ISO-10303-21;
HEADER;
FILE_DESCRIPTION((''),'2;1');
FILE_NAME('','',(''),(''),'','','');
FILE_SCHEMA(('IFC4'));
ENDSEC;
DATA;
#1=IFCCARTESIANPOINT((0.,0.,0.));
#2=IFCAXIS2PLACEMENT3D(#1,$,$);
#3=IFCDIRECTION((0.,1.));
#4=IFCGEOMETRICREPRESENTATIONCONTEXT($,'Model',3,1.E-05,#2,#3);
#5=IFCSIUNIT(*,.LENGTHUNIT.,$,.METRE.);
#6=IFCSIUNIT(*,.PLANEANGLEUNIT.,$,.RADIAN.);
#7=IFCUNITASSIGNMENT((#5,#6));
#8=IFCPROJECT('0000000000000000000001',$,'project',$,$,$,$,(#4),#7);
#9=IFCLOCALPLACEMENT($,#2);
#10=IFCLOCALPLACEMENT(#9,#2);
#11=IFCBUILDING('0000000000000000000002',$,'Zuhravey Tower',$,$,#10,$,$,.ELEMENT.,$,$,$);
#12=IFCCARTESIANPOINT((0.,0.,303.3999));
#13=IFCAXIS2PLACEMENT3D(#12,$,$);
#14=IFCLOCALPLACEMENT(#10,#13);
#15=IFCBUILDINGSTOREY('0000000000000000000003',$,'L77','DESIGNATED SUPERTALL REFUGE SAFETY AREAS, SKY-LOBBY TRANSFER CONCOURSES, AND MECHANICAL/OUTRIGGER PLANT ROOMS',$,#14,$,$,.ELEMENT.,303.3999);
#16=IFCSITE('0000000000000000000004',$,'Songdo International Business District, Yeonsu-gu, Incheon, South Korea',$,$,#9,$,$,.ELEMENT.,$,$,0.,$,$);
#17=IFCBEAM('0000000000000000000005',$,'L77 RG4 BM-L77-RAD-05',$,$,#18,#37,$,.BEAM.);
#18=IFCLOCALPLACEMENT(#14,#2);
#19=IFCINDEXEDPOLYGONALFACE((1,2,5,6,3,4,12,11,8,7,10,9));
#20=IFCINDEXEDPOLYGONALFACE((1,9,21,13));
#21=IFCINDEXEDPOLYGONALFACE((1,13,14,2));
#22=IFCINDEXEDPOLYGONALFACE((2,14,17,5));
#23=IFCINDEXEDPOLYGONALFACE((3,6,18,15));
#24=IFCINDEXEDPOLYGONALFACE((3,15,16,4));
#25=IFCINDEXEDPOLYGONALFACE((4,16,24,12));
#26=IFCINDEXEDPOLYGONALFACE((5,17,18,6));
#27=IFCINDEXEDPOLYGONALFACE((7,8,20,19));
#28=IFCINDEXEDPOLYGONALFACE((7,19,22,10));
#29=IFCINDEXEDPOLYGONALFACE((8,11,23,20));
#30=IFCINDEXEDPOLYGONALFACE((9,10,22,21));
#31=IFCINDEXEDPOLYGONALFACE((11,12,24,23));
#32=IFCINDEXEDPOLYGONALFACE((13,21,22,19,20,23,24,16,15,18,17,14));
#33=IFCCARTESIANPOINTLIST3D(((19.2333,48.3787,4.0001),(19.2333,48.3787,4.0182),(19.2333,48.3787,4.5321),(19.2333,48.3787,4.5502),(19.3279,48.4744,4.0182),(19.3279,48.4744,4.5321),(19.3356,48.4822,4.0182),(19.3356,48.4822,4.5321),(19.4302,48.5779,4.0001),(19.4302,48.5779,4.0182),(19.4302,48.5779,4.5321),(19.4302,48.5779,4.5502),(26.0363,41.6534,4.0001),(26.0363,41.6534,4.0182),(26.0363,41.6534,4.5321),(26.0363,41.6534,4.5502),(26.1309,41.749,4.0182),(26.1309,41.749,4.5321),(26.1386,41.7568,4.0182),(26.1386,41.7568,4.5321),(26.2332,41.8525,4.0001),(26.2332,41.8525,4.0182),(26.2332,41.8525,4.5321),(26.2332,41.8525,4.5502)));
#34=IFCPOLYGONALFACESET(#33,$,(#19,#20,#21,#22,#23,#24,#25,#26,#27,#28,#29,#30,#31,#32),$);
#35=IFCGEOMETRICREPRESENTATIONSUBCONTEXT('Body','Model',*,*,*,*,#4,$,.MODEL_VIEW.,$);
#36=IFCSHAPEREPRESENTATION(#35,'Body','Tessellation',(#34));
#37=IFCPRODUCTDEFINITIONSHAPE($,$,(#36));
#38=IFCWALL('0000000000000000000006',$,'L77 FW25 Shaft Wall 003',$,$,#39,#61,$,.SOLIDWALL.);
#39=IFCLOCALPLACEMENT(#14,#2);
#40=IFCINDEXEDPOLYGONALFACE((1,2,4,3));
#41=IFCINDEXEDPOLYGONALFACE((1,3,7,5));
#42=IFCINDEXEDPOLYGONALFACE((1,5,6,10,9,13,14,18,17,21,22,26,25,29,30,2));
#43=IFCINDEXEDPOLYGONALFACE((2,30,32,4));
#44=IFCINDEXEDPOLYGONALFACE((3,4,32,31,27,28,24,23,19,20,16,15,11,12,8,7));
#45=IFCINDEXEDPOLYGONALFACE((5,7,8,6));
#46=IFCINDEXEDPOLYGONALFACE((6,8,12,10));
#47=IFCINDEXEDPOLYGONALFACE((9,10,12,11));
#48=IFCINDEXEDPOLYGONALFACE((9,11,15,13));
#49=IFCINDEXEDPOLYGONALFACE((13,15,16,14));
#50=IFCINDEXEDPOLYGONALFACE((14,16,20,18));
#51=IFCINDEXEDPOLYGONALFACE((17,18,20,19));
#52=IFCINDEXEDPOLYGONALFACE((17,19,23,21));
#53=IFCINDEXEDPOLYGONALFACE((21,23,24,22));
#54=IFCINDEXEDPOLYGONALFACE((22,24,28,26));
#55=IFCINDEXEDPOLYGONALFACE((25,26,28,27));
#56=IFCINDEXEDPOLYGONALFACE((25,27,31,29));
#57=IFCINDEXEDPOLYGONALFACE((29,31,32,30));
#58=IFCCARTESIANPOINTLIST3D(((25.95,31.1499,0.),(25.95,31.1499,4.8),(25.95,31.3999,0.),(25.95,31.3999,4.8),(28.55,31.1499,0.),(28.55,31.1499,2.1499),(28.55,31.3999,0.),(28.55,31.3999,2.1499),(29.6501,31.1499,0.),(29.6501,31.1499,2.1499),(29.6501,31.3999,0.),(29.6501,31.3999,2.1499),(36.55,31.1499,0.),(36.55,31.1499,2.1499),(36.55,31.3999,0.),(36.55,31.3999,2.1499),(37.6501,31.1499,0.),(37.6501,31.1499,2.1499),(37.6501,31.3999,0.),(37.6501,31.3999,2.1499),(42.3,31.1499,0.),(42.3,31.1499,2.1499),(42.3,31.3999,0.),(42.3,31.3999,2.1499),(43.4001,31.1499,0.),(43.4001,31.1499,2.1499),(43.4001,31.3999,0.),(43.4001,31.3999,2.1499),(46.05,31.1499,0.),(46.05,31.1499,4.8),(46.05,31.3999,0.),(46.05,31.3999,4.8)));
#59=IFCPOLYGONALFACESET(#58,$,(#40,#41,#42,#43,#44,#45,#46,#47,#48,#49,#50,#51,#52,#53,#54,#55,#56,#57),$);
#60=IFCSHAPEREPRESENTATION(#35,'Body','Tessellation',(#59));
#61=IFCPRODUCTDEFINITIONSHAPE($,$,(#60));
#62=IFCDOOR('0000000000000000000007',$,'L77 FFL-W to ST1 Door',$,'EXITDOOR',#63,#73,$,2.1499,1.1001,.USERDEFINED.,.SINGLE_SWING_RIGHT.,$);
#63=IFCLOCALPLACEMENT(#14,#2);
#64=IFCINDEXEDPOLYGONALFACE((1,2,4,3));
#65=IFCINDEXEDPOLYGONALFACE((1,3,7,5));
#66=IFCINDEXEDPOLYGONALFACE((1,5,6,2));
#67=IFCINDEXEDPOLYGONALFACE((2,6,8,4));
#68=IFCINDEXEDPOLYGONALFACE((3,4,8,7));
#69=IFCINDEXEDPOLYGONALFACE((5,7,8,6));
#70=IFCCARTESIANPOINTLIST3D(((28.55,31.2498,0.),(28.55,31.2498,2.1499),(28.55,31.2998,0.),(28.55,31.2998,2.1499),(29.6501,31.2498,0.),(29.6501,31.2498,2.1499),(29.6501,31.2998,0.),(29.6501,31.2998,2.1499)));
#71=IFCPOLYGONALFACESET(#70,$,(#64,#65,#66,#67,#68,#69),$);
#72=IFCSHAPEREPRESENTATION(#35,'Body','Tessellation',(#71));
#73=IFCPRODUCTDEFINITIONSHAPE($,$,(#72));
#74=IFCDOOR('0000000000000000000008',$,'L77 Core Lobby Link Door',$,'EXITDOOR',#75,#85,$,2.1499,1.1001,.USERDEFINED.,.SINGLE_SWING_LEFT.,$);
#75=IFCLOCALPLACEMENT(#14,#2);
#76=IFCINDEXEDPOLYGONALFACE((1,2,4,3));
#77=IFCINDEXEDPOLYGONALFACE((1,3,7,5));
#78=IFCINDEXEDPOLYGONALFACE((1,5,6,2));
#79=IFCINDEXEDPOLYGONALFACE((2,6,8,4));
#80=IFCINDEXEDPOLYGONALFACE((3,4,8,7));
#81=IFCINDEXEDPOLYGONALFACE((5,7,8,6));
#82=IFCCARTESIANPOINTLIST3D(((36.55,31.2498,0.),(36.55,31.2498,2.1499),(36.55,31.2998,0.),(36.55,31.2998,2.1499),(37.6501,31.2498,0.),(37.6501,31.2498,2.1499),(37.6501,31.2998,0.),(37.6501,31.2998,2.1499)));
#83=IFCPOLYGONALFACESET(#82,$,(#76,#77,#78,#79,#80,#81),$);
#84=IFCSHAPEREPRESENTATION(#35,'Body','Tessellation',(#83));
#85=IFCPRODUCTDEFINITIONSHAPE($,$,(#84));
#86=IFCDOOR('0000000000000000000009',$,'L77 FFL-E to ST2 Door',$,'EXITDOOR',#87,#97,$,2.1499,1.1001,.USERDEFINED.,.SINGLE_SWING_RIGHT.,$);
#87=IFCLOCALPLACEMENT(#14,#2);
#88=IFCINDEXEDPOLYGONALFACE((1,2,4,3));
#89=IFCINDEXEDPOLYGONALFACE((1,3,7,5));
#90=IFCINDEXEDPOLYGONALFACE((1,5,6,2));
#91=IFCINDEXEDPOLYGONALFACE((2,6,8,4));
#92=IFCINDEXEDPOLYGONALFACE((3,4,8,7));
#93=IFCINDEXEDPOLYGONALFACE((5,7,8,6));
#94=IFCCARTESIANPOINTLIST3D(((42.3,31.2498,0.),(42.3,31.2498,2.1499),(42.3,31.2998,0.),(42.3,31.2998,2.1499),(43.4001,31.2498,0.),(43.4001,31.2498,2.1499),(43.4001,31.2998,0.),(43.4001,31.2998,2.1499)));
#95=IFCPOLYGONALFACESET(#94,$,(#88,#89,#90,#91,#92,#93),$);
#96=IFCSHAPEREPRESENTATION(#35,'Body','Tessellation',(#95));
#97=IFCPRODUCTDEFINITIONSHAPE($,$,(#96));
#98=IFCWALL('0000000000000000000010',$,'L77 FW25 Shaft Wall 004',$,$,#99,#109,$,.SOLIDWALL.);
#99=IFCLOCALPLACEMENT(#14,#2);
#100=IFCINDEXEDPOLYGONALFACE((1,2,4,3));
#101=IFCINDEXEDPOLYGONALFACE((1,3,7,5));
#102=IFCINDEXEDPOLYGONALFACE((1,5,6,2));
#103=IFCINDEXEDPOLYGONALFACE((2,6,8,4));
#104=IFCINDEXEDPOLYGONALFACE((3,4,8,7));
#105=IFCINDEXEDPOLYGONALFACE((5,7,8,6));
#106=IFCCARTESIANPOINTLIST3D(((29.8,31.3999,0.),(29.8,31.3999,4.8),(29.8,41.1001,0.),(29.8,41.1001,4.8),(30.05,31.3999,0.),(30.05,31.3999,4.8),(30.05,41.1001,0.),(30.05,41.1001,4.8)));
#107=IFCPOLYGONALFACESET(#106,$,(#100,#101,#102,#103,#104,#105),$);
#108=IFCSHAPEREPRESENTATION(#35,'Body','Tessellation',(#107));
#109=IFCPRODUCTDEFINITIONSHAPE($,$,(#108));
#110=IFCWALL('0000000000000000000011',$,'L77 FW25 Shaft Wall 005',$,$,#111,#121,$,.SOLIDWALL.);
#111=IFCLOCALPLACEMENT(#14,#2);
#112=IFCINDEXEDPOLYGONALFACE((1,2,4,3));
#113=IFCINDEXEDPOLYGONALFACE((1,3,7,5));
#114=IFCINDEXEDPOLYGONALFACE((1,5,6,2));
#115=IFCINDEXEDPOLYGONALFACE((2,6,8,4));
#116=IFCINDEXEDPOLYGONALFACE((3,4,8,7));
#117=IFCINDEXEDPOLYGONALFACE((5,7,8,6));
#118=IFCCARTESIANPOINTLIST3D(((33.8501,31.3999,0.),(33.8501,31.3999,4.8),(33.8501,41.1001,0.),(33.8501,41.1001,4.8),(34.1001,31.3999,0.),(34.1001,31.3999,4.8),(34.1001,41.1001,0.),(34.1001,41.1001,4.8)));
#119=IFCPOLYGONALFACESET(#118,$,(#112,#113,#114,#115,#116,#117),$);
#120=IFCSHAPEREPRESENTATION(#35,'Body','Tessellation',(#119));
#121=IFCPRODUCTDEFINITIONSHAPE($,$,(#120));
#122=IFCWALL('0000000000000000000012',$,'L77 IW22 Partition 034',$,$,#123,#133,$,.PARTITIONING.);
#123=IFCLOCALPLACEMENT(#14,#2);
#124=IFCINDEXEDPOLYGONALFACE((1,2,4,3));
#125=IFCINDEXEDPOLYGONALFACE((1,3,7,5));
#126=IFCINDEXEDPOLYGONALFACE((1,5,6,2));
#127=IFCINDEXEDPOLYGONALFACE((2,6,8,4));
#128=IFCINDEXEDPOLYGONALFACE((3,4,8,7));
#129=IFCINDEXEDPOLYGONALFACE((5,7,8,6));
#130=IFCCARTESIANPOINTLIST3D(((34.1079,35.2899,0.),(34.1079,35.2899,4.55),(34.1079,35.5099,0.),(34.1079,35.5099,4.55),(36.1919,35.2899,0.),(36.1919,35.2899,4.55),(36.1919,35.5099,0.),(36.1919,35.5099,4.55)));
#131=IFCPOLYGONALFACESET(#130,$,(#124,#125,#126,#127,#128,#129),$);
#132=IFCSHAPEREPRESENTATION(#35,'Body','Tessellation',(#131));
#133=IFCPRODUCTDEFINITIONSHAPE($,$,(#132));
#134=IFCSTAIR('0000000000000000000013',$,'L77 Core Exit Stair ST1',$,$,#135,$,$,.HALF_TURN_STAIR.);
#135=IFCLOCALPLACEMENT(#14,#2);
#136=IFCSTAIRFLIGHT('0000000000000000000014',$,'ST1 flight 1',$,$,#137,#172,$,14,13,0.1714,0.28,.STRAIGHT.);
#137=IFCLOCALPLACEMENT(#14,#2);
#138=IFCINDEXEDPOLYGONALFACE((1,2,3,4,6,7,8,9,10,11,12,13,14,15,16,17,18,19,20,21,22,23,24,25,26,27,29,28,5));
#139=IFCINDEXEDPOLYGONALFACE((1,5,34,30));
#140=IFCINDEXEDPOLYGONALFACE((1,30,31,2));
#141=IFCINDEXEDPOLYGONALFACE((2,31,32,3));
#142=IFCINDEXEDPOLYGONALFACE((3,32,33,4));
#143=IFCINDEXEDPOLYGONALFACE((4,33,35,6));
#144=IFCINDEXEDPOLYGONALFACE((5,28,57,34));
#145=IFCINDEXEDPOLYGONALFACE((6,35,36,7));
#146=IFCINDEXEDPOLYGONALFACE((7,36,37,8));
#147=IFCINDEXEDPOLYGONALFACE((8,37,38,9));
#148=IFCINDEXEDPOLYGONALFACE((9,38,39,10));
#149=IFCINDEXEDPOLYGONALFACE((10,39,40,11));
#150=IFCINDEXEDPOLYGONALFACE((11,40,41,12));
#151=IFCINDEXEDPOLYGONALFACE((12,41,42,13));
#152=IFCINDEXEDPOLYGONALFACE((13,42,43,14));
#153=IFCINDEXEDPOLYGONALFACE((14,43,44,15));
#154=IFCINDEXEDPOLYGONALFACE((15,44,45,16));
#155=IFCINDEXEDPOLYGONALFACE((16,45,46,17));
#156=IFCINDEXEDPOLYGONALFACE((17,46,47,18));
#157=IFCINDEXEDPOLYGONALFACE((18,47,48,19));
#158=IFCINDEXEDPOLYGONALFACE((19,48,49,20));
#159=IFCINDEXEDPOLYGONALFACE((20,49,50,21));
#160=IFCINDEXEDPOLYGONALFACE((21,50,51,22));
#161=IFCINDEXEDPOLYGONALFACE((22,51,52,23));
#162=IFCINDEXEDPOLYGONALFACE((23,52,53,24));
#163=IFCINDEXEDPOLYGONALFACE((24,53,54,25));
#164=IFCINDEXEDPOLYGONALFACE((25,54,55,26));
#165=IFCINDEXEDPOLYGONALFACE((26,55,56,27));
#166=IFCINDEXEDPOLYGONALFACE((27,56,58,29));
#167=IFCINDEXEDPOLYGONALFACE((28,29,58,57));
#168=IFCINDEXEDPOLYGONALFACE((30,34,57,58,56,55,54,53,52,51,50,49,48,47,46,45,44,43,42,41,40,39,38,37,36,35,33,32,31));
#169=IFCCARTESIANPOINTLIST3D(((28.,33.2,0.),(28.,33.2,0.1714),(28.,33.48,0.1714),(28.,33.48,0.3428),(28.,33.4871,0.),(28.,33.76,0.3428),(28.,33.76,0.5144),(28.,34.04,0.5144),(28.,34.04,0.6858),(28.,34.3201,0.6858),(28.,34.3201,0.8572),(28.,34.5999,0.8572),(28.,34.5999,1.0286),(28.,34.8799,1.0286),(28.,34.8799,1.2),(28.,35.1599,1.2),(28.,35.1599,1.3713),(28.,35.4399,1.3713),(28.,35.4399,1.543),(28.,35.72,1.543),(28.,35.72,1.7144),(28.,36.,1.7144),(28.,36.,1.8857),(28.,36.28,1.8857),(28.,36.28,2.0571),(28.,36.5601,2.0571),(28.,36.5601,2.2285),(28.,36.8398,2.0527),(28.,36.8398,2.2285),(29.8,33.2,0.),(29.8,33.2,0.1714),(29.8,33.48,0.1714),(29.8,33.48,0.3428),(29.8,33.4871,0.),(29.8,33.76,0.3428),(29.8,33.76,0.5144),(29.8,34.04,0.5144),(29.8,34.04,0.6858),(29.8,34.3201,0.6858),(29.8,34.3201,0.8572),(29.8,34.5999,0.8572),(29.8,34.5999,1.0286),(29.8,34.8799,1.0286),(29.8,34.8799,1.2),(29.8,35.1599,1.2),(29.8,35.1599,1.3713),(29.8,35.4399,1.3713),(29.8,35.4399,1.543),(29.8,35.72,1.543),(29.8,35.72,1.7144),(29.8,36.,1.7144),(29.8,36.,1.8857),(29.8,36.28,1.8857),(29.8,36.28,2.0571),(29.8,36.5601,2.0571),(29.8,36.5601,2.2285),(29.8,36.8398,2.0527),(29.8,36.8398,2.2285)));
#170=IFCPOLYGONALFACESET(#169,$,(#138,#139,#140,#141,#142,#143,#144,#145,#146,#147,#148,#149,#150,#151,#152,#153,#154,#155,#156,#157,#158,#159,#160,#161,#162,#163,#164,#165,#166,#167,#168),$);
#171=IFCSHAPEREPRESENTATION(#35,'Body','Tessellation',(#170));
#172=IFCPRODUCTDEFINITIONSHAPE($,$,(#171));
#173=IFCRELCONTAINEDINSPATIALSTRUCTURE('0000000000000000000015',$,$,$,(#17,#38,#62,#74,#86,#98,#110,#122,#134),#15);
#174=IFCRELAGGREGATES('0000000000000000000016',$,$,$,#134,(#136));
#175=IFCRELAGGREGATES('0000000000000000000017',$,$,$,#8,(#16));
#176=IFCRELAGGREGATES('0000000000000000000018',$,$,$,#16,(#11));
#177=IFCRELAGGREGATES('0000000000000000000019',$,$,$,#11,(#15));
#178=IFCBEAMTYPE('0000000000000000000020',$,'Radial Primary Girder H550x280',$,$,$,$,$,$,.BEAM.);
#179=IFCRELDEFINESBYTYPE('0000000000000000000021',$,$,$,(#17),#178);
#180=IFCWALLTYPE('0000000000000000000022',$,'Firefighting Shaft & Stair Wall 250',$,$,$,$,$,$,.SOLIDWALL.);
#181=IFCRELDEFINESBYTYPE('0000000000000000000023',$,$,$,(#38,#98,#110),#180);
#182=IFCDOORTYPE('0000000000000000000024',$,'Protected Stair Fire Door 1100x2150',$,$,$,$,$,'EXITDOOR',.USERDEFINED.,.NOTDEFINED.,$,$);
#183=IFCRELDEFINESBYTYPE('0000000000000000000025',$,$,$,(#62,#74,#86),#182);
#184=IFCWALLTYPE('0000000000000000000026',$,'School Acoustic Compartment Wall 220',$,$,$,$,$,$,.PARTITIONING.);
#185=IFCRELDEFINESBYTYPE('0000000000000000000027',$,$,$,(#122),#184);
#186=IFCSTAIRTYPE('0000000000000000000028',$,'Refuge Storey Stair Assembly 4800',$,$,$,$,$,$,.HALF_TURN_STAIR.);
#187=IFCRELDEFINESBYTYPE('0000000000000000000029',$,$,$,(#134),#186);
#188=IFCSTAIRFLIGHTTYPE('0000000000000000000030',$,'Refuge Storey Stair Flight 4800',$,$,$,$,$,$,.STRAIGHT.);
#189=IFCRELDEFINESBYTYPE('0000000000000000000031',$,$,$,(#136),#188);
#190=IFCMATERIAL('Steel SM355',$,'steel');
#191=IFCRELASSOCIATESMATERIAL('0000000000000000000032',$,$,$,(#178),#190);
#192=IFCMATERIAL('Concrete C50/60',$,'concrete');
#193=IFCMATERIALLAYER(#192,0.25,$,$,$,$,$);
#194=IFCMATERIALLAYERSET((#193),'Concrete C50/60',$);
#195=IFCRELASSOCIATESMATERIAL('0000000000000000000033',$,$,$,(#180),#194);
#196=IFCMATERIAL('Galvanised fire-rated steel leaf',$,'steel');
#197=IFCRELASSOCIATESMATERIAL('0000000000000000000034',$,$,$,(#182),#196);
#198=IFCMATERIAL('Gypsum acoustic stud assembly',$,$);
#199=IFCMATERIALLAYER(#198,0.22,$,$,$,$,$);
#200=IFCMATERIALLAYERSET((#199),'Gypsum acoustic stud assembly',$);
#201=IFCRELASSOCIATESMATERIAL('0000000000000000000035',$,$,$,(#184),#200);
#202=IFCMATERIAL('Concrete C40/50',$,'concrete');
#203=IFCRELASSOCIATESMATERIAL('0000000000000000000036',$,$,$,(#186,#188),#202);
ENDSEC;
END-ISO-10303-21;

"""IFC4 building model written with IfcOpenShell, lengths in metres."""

from ifc_helpers import new_model, si_unit, direction, frame, frame_2d, origin, origin_2d, place, context, subcontext, project, spatial, polyline, rectangle, i_section, outline, extrude, material, layer, layer_set, material_profile, profile_set, type_object, element, fill, aggregate, save


model = new_model("IFC4")

# Units and contexts
model_context = context("Model", 3, precision=1e-05, world=origin(), true_north=direction((0.0, 1.0)))
body_context = subcontext(model_context, "Body", "Model", "MODEL_VIEW")
ifc_project = project(units=[si_unit("LENGTHUNIT", "METRE"), si_unit("PLANEANGLEUNIT", "RADIAN")], contexts=[model_context])

# Site, building, storey
site_placement = place(None, origin())
site = spatial("IfcSite", under=ifc_project, at=site_placement, Name="Songdo International Business District, Yeonsu-gu, Incheon, South Korea", CompositionType="ELEMENT", RefElevation=0.0)
building_placement = place(site_placement, origin())
building = spatial("IfcBuilding", under=site, at=building_placement, Name="Zuhravey Tower", CompositionType="ELEMENT")
storey_placement = place(building_placement, frame((0.0, 0.0, 303.3999)))
storey = spatial("IfcBuildingStorey", under=building, at=storey_placement, Name="L77", Description="DESIGNATED SUPERTALL REFUGE SAFETY AREAS, SKY-LOBBY TRANSFER CONCOURSES, AND MECHANICAL/OUTRIGGER PLANT ROOMS", CompositionType="ELEMENT", Elevation=303.3999)

# Beam
ifc_material_1 = material(Name="Steel SM355", Category="steel")
ifc_material_profile = material_profile(ifc_material_1, i_section(OverallWidth=0.28, OverallDepth=0.55, WebThickness=0.011, FlangeThickness=0.0181, at=origin_2d()), Name="H-550x280x11x18")
ifc_profile_set = profile_set([ifc_material_profile], Name="Steel SM355")
beam_type = type_object("IfcBeamType", Name="Radial Primary Girder H550x280", PredefinedType="BEAM", material=ifc_profile_set)
beam_placement = place(storey_placement, frame((26.1348, 41.7529, 4.2751), z_axis=(-0.711153, 0.703037, 0.0), x_axis=(-0.703037, -0.711153, 0.0)))
element("IfcBeam", 1, at=beam_placement, inside=storey, type_object=beam_type, Name="L77 RG4 BM-L77-RAD-05", PredefinedType="BEAM", context=body_context, shape_type="SweptSolid", body=[
    extrude(i_section(OverallWidth=0.28, OverallDepth=0.55, WebThickness=0.011, FlangeThickness=0.0181, at=origin_2d()), origin(), (0.0, 0.0, 1.0), 9.5662),
])

# Wall, openings, doors
ifc_material_2 = material(Name="Concrete C50/60", Category="concrete")
ifc_layer_1 = layer(ifc_material_2, 0.25)
ifc_layer_set_1 = layer_set([ifc_layer_1], Name="Concrete C50/60")
wall_type_1 = type_object("IfcWallType", Name="Firefighting Shaft & Stair Wall 250", PredefinedType="SOLIDWALL", material=ifc_layer_set_1)
wall_1_placement = place(storey_placement, frame((25.95, 31.2749, 0.0), z_axis=(0.0, 0.0, 1.0), x_axis=(1.0, 0.0, 0.0)))
wall_1 = element("IfcWall", 2, at=wall_1_placement, inside=storey, type_object=wall_type_1, Name="L77 FW25 Shaft Wall 003", PredefinedType="SOLIDWALL", context=body_context, shape_type="SweptSolid", body=[
    extrude(rectangle(XDim=20.1001, YDim=0.25, at=frame_2d((10.05, 0.0))), origin(), (0.0, 0.0, 1.0), 4.8),
])
opening_1_placement = place(wall_1_placement, frame((2.6001, 0.0, 0.0)))
opening_1 = element("IfcOpeningElement", 3, at=opening_1_placement, cuts=wall_1, PredefinedType="OPENING", context=body_context, shape_type="SweptSolid", body=[
    extrude(rectangle(XDim=1.1001, YDim=2.1499, at=frame_2d((0.55, 1.075))), frame((0.0, 0.137, 0.0), z_axis=(0.0, -1.0, 0.0), x_axis=(1.0, 0.0, 0.0)), (0.0, 0.0, 1.0), 0.2739),
])
opening_2_placement = place(wall_1_placement, frame((10.6001, 0.0, 0.0)))
opening_2 = element("IfcOpeningElement", 4, at=opening_2_placement, cuts=wall_1, PredefinedType="OPENING", context=body_context, shape_type="SweptSolid", body=[
    extrude(rectangle(XDim=1.1001, YDim=2.1499, at=frame_2d((0.55, 1.075))), frame((0.0, 0.137, 0.0), z_axis=(0.0, -1.0, 0.0), x_axis=(1.0, 0.0, 0.0)), (0.0, 0.0, 1.0), 0.2739),
])
opening_3_placement = place(wall_1_placement, frame((16.3501, 0.0, 0.0)))
opening_3 = element("IfcOpeningElement", 5, at=opening_3_placement, cuts=wall_1, PredefinedType="OPENING", context=body_context, shape_type="SweptSolid", body=[
    extrude(rectangle(XDim=1.1001, YDim=2.1499, at=frame_2d((0.55, 1.075))), frame((0.0, 0.137, 0.0), z_axis=(0.0, -1.0, 0.0), x_axis=(1.0, 0.0, 0.0)), (0.0, 0.0, 1.0), 0.2739),
])
ifc_material_3 = material(Name="Galvanised fire-rated steel leaf", Category="steel")
door_type = type_object("IfcDoorType", Name="Protected Stair Fire Door 1100x2150", ElementType="EXITDOOR", OperationType="NOTDEFINED", PredefinedType="USERDEFINED", material=ifc_material_3)
door_1_placement = place(opening_1_placement, origin())
door_1 = element("IfcDoor", 6, at=door_1_placement, inside=storey, type_object=door_type, Name="L77 FFL-W to ST1 Door", ObjectType="EXITDOOR", OperationType="SINGLE_SWING_RIGHT", OverallHeight=2.1499, OverallWidth=1.1001, PredefinedType="USERDEFINED", context=body_context, shape_type="SweptSolid", body=[
    extrude(rectangle(XDim=1.1001, YDim=2.1499, at=frame_2d((0.55, 1.075))), frame((0.0, 0.0249, 0.0), z_axis=(0.0, -1.0, 0.0), x_axis=(1.0, 0.0, 0.0)), (0.0, 0.0, 1.0), 0.05),
])
fill(opening_1, door_1)
door_2_placement = place(opening_2_placement, origin())
door_2 = element("IfcDoor", 7, at=door_2_placement, inside=storey, type_object=door_type, Name="L77 Core Lobby Link Door", ObjectType="EXITDOOR", OperationType="SINGLE_SWING_LEFT", OverallHeight=2.1499, OverallWidth=1.1001, PredefinedType="USERDEFINED", context=body_context, shape_type="SweptSolid", body=[
    extrude(rectangle(XDim=1.1001, YDim=2.1499, at=frame_2d((0.55, 1.075))), frame((0.0, 0.0249, 0.0), z_axis=(0.0, -1.0, 0.0), x_axis=(1.0, 0.0, 0.0)), (0.0, 0.0, 1.0), 0.05),
])
fill(opening_2, door_2)
door_3_placement = place(opening_3_placement, origin())
door_3 = element("IfcDoor", 8, at=door_3_placement, inside=storey, type_object=door_type, Name="L77 FFL-E to ST2 Door", ObjectType="EXITDOOR", OperationType="SINGLE_SWING_RIGHT", OverallHeight=2.1499, OverallWidth=1.1001, PredefinedType="USERDEFINED", context=body_context, shape_type="SweptSolid", body=[
    extrude(rectangle(XDim=1.1001, YDim=2.1499, at=frame_2d((0.55, 1.075))), frame((0.0, 0.0249, 0.0), z_axis=(0.0, -1.0, 0.0), x_axis=(1.0, 0.0, 0.0)), (0.0, 0.0, 1.0), 0.05),
])
fill(opening_3, door_3)

# Walls
for number, where, z_axis, x_axis, name in (
    (9, (29.925, 31.3999, 0.0), (0.0, 0.0, 1.0), (0.0, 1.0, 0.0), "L77 FW25 Shaft Wall 004"),
    (10, (33.9751, 31.3999, 0.0), (0.0, 0.0, 1.0), (0.0, 1.0, 0.0), "L77 FW25 Shaft Wall 005"),
):
    element("IfcWall", number, at=place(storey_placement, frame(where, z_axis=z_axis, x_axis=x_axis)), inside=storey, type_object=wall_type_1, Name=name, PredefinedType="SOLIDWALL", context=body_context, shape_type="SweptSolid", body=[
        extrude(rectangle(XDim=9.7002, YDim=0.25, at=frame_2d((4.8501, 0.0))), origin(), (0.0, 0.0, 1.0), 4.8),
    ])
ifc_material_4 = material(Name="Gypsum acoustic stud assembly")
ifc_layer_2 = layer(ifc_material_4, 0.22)
ifc_layer_set_2 = layer_set([ifc_layer_2], Name="Gypsum acoustic stud assembly")
wall_type_2 = type_object("IfcWallType", Name="School Acoustic Compartment Wall 220", PredefinedType="PARTITIONING", material=ifc_layer_set_2)
wall_2_placement = place(storey_placement, frame((34.1079, 35.3999, 0.0), z_axis=(0.0, 0.0, 1.0), x_axis=(1.0, 0.0, 0.0)))
element("IfcWall", 11, at=wall_2_placement, inside=storey, type_object=wall_type_2, Name="L77 IW22 Partition 034", PredefinedType="PARTITIONING", context=body_context, shape_type="SweptSolid", body=[
    extrude(rectangle(XDim=2.084, YDim=0.22, at=frame_2d((1.042, 0.0))), origin(), (0.0, 0.0, 1.0), 4.55),
])

# Stair, stair flight
ifc_material_5 = material(Name="Concrete C40/50", Category="concrete")
stair_type = type_object("IfcStairType", Name="Refuge Storey Stair Assembly 4800", PredefinedType="HALF_TURN_STAIR", material=ifc_material_5)
stair_1_placement = place(storey_placement, origin())
stair_1 = element("IfcStair", 12, at=stair_1_placement, inside=storey, type_object=stair_type, Name="L77 Core Exit Stair ST1", PredefinedType="HALF_TURN_STAIR")
stair_flight_type = type_object("IfcStairFlightType", Name="Refuge Storey Stair Flight 4800", PredefinedType="STRAIGHT", material=ifc_material_5)
stair_flight_1_placement = place(storey_placement, frame((28.8999, 33.2, 0.0), z_axis=(0.0, 0.0, 1.0), x_axis=(0.0, 1.0, 0.0)))
stair_flight_1 = element("IfcStairFlight", 13, at=stair_flight_1_placement, type_object=stair_flight_type, Name="ST1 flight 1", NumberOfRisers=14, NumberOfTreads=13, PredefinedType="STRAIGHT", RiserHeight=0.1714, TreadLength=0.28, context=body_context, shape_type="SweptSolid", body=[
    extrude(outline(polyline([(0.0, 0.0), (0.0, 0.1714), (0.28, 0.1714), (0.28, 0.3428), (0.5601, 0.3428), (0.5601, 0.5144), (0.8401, 0.5144), (0.8401, 0.6858), (1.1201, 0.6858), (1.1201, 0.8572), (1.3999, 0.8572), (1.3999, 1.0286), (1.6799, 1.0286), (1.6799, 1.2), (1.96, 1.2), (1.96, 1.3713), (2.24, 1.3713), (2.24, 1.543), (2.52, 1.543), (2.52, 1.7144), (2.8, 1.7144), (2.8, 1.8857), (3.0801, 1.8857), (3.0801, 2.0571), (3.3601, 2.0571), (3.3601, 2.2285), (3.6399, 2.2285), (3.6399, 2.3999), (3.6399, 2.0527), (0.2871, 0.0), (0.0, 0.0)])), frame((0.0, 0.8999, 0.0), z_axis=(0.0, -1.0, 0.0), x_axis=(1.0, 0.0, 0.0)), (0.0, 0.0, 1.0), 1.8),
])
aggregate(stair_1, [stair_flight_1])

save(model, "model.ifc")
